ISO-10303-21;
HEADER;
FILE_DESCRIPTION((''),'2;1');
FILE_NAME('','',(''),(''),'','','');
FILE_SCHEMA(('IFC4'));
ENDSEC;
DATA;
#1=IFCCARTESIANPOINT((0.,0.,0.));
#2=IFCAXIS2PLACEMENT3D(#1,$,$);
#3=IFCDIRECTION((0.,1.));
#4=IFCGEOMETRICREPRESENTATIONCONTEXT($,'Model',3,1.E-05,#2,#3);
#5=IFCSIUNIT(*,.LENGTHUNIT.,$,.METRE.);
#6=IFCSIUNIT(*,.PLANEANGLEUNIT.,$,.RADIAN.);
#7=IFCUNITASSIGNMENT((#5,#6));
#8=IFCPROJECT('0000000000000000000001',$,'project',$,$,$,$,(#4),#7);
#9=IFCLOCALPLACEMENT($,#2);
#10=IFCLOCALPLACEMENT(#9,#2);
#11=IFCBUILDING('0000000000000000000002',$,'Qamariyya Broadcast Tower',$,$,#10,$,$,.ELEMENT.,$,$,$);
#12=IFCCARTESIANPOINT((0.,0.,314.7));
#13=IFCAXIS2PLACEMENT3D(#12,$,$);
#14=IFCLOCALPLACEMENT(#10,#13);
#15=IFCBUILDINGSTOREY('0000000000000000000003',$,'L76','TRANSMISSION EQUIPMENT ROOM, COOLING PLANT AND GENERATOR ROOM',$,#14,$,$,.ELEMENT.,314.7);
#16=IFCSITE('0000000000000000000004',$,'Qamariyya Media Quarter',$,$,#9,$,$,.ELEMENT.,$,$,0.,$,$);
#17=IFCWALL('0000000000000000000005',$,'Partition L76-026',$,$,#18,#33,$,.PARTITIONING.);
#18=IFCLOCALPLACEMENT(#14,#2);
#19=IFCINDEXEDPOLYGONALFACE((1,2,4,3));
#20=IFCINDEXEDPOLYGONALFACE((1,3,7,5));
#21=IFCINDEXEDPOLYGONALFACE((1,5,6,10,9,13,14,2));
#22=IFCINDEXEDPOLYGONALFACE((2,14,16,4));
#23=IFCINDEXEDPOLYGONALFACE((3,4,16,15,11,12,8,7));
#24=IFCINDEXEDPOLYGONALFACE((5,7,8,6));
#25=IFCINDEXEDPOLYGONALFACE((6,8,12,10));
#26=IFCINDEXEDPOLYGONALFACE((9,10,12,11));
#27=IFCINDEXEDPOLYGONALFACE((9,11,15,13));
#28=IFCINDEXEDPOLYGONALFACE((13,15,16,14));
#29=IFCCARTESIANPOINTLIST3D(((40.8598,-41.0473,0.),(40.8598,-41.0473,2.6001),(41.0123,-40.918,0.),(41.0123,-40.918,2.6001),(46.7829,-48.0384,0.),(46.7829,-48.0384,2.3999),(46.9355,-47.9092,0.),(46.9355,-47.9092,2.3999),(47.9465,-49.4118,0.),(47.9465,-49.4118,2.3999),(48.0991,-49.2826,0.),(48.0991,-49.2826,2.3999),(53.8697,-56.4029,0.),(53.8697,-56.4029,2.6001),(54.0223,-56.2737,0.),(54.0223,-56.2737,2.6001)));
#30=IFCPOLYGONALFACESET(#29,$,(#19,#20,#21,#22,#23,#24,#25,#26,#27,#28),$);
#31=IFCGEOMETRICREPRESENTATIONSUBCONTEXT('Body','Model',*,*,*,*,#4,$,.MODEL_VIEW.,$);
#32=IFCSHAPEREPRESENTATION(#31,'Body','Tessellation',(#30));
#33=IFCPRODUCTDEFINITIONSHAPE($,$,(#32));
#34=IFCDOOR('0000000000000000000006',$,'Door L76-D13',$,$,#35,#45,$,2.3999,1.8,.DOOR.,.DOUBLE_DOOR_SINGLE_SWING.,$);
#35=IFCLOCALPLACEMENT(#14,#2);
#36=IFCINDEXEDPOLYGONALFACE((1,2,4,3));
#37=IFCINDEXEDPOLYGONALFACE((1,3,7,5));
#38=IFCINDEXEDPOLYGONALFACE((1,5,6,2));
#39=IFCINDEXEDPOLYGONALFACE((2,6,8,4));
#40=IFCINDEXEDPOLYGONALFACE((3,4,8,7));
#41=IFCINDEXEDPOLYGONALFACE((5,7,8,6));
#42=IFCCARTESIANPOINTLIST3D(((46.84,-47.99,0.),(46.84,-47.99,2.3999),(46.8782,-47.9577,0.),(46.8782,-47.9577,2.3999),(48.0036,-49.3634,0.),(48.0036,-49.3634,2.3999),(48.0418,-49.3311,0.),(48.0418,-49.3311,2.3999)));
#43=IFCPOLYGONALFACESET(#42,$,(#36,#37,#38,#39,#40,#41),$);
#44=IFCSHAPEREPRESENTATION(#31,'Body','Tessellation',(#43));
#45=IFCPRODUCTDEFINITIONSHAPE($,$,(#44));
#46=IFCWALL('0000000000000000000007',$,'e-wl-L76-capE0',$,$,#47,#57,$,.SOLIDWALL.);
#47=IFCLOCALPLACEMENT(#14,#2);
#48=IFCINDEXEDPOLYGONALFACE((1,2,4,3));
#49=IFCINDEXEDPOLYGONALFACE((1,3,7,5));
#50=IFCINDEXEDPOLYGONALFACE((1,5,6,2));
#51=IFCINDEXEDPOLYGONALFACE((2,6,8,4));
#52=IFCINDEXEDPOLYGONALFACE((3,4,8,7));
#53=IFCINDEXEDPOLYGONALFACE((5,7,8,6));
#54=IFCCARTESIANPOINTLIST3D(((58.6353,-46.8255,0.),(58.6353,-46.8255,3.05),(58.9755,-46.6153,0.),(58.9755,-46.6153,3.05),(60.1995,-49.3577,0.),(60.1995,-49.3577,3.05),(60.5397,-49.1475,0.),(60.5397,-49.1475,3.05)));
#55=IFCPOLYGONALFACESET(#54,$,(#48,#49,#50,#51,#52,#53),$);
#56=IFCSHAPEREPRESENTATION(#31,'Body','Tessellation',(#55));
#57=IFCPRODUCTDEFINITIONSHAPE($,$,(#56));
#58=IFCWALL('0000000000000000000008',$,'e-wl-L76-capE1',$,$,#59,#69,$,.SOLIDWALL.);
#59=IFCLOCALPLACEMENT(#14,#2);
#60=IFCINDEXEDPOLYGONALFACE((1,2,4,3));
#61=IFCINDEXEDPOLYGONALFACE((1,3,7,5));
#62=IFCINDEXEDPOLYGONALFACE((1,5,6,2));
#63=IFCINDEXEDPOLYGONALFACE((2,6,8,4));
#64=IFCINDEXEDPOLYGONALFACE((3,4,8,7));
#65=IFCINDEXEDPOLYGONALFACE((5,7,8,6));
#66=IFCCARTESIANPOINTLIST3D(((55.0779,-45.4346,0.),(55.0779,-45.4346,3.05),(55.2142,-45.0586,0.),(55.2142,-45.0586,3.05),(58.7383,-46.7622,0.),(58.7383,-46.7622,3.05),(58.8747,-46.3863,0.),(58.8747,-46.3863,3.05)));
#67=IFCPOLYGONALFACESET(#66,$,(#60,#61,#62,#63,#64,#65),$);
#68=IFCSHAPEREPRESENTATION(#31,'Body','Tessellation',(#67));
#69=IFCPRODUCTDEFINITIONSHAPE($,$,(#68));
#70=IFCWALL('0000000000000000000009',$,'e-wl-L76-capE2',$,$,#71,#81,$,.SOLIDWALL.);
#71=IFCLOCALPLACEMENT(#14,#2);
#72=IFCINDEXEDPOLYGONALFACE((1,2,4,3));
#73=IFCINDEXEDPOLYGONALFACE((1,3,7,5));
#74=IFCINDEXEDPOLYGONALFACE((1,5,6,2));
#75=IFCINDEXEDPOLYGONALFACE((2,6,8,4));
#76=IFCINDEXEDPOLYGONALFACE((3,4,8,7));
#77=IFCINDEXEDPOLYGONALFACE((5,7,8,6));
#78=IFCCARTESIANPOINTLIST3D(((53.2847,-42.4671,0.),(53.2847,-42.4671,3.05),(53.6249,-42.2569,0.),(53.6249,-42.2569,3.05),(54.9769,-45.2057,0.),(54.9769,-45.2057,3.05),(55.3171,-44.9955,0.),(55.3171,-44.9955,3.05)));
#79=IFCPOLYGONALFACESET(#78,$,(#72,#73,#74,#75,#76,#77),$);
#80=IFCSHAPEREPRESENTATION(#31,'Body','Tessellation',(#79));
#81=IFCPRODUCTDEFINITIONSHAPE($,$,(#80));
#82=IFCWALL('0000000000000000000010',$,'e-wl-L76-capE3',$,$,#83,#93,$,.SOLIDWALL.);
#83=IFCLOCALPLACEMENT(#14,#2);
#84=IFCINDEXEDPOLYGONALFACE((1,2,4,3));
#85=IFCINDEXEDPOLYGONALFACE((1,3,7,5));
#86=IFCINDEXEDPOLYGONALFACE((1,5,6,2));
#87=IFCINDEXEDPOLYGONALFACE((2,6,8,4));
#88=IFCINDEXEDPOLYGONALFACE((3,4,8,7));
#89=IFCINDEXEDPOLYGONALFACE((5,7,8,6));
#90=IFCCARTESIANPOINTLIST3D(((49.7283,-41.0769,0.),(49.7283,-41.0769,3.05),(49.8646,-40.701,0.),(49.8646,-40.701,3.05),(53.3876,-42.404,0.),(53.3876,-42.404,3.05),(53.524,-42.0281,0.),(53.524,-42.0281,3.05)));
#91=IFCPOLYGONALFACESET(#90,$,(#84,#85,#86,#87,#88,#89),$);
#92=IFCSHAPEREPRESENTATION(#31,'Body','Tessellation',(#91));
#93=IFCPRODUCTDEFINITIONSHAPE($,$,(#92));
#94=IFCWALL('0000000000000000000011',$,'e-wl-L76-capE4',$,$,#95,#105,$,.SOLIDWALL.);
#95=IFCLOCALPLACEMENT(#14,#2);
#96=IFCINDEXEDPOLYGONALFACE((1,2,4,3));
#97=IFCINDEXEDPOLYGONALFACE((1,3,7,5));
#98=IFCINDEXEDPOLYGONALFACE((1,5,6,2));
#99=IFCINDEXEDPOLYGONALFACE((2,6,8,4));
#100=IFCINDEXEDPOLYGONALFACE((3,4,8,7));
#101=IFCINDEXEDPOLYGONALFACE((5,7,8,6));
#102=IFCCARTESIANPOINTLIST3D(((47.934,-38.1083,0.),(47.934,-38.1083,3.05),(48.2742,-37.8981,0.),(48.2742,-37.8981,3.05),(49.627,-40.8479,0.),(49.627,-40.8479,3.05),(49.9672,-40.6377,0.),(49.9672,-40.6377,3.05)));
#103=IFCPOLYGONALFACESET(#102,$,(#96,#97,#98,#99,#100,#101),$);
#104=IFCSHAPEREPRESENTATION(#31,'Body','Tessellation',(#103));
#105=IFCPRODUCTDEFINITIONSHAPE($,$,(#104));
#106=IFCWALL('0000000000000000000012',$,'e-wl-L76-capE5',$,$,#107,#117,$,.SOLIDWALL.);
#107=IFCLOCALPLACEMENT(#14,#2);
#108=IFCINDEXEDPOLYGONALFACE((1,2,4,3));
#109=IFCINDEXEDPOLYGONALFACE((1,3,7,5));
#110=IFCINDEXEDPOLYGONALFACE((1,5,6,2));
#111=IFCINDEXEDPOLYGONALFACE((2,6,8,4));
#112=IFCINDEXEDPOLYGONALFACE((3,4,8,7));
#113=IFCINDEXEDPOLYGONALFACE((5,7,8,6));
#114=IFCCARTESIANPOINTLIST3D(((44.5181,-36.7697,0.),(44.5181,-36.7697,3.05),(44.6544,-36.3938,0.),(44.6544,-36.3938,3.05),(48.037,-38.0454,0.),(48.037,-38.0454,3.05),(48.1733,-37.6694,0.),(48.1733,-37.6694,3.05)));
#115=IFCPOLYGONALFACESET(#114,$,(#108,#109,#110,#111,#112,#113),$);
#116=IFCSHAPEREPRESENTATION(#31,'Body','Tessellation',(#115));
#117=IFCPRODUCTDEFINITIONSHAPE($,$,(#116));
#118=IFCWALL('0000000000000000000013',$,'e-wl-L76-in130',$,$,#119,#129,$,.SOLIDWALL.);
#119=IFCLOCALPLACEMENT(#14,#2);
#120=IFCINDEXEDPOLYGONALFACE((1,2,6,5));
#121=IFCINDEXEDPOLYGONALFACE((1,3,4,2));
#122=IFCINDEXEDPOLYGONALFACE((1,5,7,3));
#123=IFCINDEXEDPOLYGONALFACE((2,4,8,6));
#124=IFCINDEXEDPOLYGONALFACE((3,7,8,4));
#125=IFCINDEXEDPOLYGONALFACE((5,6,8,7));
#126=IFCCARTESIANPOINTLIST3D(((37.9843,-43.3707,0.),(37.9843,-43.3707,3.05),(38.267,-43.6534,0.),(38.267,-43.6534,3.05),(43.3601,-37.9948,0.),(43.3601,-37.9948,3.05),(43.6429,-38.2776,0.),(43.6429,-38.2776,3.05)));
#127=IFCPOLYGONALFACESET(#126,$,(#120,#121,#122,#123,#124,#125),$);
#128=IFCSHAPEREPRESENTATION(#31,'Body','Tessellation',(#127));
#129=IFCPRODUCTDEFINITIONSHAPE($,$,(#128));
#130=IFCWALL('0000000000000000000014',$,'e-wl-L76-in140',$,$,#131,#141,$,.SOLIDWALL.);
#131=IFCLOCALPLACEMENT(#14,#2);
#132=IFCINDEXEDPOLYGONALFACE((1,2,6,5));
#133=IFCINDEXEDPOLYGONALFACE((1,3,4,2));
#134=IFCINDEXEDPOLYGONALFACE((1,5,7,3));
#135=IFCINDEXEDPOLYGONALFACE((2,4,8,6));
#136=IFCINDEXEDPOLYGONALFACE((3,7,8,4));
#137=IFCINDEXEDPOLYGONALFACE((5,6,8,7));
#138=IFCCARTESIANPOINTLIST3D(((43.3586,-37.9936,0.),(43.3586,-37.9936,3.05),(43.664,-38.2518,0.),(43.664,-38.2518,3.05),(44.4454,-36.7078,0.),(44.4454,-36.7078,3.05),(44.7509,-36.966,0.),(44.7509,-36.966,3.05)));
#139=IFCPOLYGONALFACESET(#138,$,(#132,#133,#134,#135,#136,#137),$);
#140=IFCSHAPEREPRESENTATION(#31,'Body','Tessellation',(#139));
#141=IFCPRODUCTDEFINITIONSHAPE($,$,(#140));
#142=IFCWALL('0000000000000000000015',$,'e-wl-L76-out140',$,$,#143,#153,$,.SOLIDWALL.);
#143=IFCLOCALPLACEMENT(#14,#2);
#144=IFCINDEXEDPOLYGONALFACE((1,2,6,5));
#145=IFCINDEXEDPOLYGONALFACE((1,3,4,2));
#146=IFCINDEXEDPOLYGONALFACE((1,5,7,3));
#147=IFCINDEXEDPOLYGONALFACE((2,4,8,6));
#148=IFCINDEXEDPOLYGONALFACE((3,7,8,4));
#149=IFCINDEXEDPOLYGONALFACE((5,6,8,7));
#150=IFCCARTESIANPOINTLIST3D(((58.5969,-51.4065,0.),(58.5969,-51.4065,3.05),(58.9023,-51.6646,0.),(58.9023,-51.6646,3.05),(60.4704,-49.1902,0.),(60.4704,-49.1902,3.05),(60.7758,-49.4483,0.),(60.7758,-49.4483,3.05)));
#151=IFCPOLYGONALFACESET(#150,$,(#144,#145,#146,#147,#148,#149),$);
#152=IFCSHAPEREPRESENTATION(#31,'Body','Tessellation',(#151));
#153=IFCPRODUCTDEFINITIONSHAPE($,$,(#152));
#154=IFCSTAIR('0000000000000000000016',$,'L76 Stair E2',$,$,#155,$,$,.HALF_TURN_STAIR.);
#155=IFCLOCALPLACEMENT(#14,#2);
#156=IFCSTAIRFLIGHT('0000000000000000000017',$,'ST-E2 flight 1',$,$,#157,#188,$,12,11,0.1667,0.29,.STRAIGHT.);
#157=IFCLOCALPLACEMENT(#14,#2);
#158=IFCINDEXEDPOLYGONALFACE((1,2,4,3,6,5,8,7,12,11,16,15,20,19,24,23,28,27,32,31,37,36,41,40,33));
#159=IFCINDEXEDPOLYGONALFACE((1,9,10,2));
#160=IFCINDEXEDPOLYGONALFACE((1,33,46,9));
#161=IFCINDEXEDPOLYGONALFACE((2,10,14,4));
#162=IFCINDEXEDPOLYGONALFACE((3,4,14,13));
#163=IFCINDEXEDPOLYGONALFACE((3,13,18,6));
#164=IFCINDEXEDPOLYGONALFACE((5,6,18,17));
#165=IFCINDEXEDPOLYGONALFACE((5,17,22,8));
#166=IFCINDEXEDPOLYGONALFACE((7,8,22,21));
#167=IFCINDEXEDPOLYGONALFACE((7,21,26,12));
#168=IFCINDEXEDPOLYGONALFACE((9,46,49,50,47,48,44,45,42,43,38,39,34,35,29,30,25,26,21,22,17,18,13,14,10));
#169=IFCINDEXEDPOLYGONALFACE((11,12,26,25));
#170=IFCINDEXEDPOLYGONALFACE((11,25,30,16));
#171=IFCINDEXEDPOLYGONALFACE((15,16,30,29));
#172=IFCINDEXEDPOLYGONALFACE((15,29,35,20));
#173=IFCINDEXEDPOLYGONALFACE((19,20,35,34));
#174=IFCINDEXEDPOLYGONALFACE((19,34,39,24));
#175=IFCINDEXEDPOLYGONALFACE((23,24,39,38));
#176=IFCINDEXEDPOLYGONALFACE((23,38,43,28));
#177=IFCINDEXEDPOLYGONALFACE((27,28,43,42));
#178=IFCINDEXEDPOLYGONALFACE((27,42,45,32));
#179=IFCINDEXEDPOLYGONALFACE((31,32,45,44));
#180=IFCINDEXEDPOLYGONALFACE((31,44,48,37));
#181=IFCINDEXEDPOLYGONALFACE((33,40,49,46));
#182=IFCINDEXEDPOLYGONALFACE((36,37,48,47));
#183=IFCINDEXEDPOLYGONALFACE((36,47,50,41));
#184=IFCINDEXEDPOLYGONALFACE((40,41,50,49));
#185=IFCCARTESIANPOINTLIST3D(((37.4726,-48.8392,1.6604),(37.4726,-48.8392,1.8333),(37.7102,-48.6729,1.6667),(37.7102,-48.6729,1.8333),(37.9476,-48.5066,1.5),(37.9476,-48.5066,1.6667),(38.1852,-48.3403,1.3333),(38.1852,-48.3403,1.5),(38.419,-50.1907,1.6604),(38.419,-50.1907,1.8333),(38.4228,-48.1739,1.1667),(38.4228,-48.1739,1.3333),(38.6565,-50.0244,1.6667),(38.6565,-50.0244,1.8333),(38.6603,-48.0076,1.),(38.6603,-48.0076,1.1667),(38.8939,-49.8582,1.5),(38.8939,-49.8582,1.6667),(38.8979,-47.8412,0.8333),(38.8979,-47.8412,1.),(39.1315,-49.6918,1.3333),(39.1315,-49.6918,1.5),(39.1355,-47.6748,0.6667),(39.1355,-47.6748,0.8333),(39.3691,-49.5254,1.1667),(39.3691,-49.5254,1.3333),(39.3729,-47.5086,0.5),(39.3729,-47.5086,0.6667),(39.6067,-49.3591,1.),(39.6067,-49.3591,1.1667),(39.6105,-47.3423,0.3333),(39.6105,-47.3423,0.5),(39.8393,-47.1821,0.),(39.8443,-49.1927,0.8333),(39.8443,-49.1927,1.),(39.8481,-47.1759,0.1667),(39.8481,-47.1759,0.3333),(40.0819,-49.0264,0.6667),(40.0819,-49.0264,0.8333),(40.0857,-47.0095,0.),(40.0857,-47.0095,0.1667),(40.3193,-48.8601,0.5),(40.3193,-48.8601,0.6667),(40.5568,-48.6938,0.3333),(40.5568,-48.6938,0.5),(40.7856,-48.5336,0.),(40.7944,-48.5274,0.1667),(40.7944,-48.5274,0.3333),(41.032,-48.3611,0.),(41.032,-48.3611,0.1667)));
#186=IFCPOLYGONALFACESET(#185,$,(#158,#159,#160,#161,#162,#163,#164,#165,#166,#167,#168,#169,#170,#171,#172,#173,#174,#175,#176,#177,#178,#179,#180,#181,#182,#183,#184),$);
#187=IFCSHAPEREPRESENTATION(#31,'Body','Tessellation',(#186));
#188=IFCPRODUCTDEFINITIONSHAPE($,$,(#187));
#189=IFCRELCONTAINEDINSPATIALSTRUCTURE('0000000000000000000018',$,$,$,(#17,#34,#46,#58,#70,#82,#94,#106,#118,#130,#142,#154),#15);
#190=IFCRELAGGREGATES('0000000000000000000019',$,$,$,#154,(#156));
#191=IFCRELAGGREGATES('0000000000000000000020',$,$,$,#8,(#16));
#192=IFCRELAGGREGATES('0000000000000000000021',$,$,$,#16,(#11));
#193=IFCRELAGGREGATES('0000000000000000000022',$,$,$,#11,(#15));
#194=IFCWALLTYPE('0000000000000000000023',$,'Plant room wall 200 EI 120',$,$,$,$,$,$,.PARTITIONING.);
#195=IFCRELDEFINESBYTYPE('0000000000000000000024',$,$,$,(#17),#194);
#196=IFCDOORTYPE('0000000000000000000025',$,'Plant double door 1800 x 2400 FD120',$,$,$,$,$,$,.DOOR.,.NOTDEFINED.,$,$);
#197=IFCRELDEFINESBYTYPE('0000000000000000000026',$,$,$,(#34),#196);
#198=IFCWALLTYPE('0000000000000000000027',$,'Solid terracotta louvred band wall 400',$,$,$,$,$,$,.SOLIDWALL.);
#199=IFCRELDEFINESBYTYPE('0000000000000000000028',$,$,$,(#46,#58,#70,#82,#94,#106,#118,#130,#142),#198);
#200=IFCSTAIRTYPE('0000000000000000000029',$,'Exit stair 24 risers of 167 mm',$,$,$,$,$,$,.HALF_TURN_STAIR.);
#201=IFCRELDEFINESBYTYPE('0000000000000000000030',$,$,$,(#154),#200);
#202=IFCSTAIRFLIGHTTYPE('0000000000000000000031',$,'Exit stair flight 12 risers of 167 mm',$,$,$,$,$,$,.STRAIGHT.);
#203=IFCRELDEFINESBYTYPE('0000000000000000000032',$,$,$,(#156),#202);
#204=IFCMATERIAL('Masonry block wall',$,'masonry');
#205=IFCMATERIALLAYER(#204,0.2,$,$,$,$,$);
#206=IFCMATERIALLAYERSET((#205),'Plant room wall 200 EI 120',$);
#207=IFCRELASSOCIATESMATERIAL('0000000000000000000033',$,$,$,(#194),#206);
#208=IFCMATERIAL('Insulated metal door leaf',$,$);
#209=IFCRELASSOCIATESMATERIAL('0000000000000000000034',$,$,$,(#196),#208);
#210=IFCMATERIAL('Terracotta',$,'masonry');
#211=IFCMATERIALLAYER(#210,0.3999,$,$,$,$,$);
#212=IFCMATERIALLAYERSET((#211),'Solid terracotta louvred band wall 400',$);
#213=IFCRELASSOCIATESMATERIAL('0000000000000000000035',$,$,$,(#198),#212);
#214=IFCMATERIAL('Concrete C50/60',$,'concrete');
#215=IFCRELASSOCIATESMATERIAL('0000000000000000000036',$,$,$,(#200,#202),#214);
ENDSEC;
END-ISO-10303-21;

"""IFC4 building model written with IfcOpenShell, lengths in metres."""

from ifc_helpers import new_model, si_unit, direction, frame, frame_2d, origin, place, context, subcontext, project, spatial, polyline, rectangle, outline, extrude, material, layer, layer_set, type_object, element, fill, aggregate, save


model = new_model("IFC4")

# Units and contexts
model_context = context("Model", 3, precision=1e-05, world=origin(), true_north=direction((0.0, 1.0)))
body_context = subcontext(model_context, "Body", "Model", "MODEL_VIEW")
ifc_project = project(units=[si_unit("LENGTHUNIT", "METRE"), si_unit("PLANEANGLEUNIT", "RADIAN")], contexts=[model_context])

# Site, building, storey
site_placement = place(None, origin())
site = spatial("IfcSite", under=ifc_project, at=site_placement, Name="Qamariyya Media Quarter", CompositionType="ELEMENT", RefElevation=0.0)
building_placement = place(site_placement, origin())
building = spatial("IfcBuilding", under=site, at=building_placement, Name="Qamariyya Broadcast Tower", CompositionType="ELEMENT")
storey_placement = place(building_placement, frame((0.0, 0.0, 314.7)))
storey = spatial("IfcBuildingStorey", under=building, at=storey_placement, Name="L76", Description="TRANSMISSION EQUIPMENT ROOM, COOLING PLANT AND GENERATOR ROOM", CompositionType="ELEMENT", Elevation=314.7)

# Shared definitions
ifc_material_1 = material(Name="Concrete C50/60", Category="concrete")

# Wall, opening, door
ifc_material_2 = material(Name="Masonry block wall", Category="masonry")
ifc_layer_1 = layer(ifc_material_2, 0.2)
ifc_layer_set_1 = layer_set([ifc_layer_1], Name="Plant room wall 200 EI 120")
wall_type_1 = type_object("IfcWallType", Name="Plant room wall 200 EI 120", PredefinedType="PARTITIONING", material=ifc_layer_set_1)
wall_1_placement = place(storey_placement, frame((40.936, -40.9827, 0.0), z_axis=(0.0, 0.0, 1.0), x_axis=(0.646426, -0.762977, 0.0)))
wall_1 = element("IfcWall", 1, at=wall_1_placement, inside=storey, type_object=wall_type_1, Name="Partition L76-026", PredefinedType="PARTITIONING", context=body_context, shape_type="SweptSolid", body=[
    extrude(rectangle(XDim=20.126, YDim=0.2, at=frame_2d((10.063, 0.0))), origin(), (0.0, 0.0, 1.0), 2.6001),
])
opening_1_placement = place(wall_1_placement, frame((9.1631, 0.0, 0.0)))
opening_1 = element("IfcOpeningElement", 2, at=opening_1_placement, cuts=wall_1, PredefinedType="OPENING", context=body_context, shape_type="SweptSolid", body=[
    extrude(rectangle(XDim=1.8, YDim=2.3999, at=frame_2d((0.8999, 1.2))), frame((0.0, 0.1099, 0.0), z_axis=(0.0, -1.0, 0.0), x_axis=(1.0, 0.0, 0.0)), (0.0, 0.0, 1.0), 0.22),
])
ifc_material_3 = material(Name="Insulated metal door leaf")
door_type_1 = type_object("IfcDoorType", Name="Plant double door 1800 x 2400 FD120", OperationType="NOTDEFINED", PredefinedType="DOOR", material=ifc_material_3)
door_1_placement = place(opening_1_placement, origin())
door_1 = element("IfcDoor", 3, at=door_1_placement, inside=storey, type_object=door_type_1, Name="Door L76-D13", OperationType="DOUBLE_DOOR_SINGLE_SWING", OverallHeight=2.3999, OverallWidth=1.8, PredefinedType="DOOR", context=body_context, shape_type="SweptSolid", body=[
    extrude(rectangle(XDim=1.8, YDim=2.3999, at=frame_2d((0.8999, 1.2))), frame((0.0, 0.0249, 0.0), z_axis=(0.0, -1.0, 0.0), x_axis=(1.0, 0.0, 0.0)), (0.0, 0.0, 1.0), 0.05),
])
fill(opening_1, door_1)

# Walls
ifc_material_4 = material(Name="Terracotta", Category="masonry")
ifc_layer_2 = layer(ifc_material_4, 0.3999)
ifc_layer_set_2 = layer_set([ifc_layer_2], Name="Solid terracotta louvred band wall 400")
wall_type_2 = type_object("IfcWallType", Name="Solid terracotta louvred band wall 400", PredefinedType="SOLIDWALL", material=ifc_layer_set_2)
wall_2_placement = place(storey_placement, frame((60.3696, -49.2527, 0.0), z_axis=(0.0, 0.0, 1.0), x_axis=(-0.525538, 0.85077, 0.0)))
element("IfcWall", 4, at=wall_2_placement, inside=storey, type_object=wall_type_2, Name="e-wl-L76-capE0", PredefinedType="SOLIDWALL", context=body_context, shape_type="SweptSolid", body=[
    extrude(rectangle(XDim=2.9763, YDim=0.3999, at=frame_2d((1.4883, 0.0))), origin(), (0.0, 0.0, 1.0), 3.05),
])
wall_3_placement = place(storey_placement, frame((58.8064, -46.5742, 0.0), z_axis=(0.0, 0.0, 1.0), x_axis=(-0.940075, 0.340968, 0.0)))
element("IfcWall", 5, at=wall_3_placement, inside=storey, type_object=wall_type_2, Name="e-wl-L76-capE1", PredefinedType="SOLIDWALL", context=body_context, shape_type="SweptSolid", body=[
    extrude(rectangle(XDim=3.8938, YDim=0.3999, at=frame_2d((1.9468, 0.0))), origin(), (0.0, 0.0, 1.0), 3.05),
])
wall_4_placement = place(storey_placement, frame((55.147, -45.1006, 0.0), z_axis=(0.0, 0.0, 1.0), x_axis=(-0.525649, 0.850701, 0.0)))
element("IfcWall", 6, at=wall_4_placement, inside=storey, type_object=wall_type_2, Name="e-wl-L76-capE2", PredefinedType="SOLIDWALL", context=body_context, shape_type="SweptSolid", body=[
    extrude(rectangle(XDim=3.2192, YDim=0.3999, at=frame_2d((1.6096, 0.0))), origin(), (0.0, 0.0, 1.0), 3.05),
])
wall_5_placement = place(storey_placement, frame((53.4558, -42.2161, 0.0), z_axis=(0.0, 0.0, 1.0), x_axis=(-0.940086, 0.340937, 0.0)))
element("IfcWall", 7, at=wall_5_placement, inside=storey, type_object=wall_type_2, Name="e-wl-L76-capE3", PredefinedType="SOLIDWALL", context=body_context, shape_type="SweptSolid", body=[
    extrude(rectangle(XDim=3.8926, YDim=0.3999, at=frame_2d((1.9463, 0.0))), origin(), (0.0, 0.0, 1.0), 3.05),
])
wall_6_placement = place(storey_placement, frame((49.7971, -40.7429, 0.0), z_axis=(0.0, 0.0, 1.0), x_axis=(-0.525678, 0.850683, 0.0)))
element("IfcWall", 8, at=wall_6_placement, inside=storey, type_object=wall_type_2, Name="e-wl-L76-capE4", PredefinedType="SOLIDWALL", context=body_context, shape_type="SweptSolid", body=[
    extrude(rectangle(XDim=3.2205, YDim=0.3999, at=frame_2d((1.6104, 0.0))), origin(), (0.0, 0.0, 1.0), 3.05),
])
wall_7_placement = place(storey_placement, frame((48.1052, -37.8574, 0.0), z_axis=(0.0, 0.0, 1.0), x_axis=(-0.94013, 0.340816, 0.0)))
element("IfcWall", 9, at=wall_7_placement, inside=storey, type_object=wall_type_2, Name="e-wl-L76-capE5", PredefinedType="SOLIDWALL", context=body_context, shape_type="SweptSolid", body=[
    extrude(rectangle(XDim=3.7429, YDim=0.3999, at=frame_2d((1.8716, 0.0))), origin(), (0.0, 0.0, 1.0), 3.05),
])
wall_8_placement = place(storey_placement, frame((43.5015, -38.1362, 0.0), z_axis=(0.0, 0.0, 1.0), x_axis=(-0.707107, -0.707107, 0.0)))
element("IfcWall", 10, at=wall_8_placement, inside=storey, type_object=wall_type_2, Name="e-wl-L76-in130", PredefinedType="SOLIDWALL", context=body_context, shape_type="SweptSolid", body=[
    extrude(rectangle(XDim=7.6025, YDim=0.3999, at=frame_2d((3.8013, 0.0))), origin(), (0.0, 0.0, 1.0), 3.05),
])
wall_9_placement = place(storey_placement, frame((44.5981, -36.8369, 0.0), z_axis=(0.0, 0.0, 1.0), x_axis=(-0.645546, -0.763722, 0.0)))
element("IfcWall", 11, at=wall_9_placement, inside=storey, type_object=wall_type_2, Name="e-wl-L76-in140", PredefinedType="SOLIDWALL", context=body_context, shape_type="SweptSolid", body=[
    extrude(rectangle(XDim=1.6836, YDim=0.3999, at=frame_2d((0.8418, 0.0))), origin(), (0.0, 0.0, 1.0), 3.05),
])
wall_10_placement = place(storey_placement, frame((58.7495, -51.5356, 0.0), z_axis=(0.0, 0.0, 1.0), x_axis=(0.64558, 0.763693, 0.0)))
element("IfcWall", 12, at=wall_10_placement, inside=storey, type_object=wall_type_2, Name="e-wl-L76-out140", PredefinedType="SOLIDWALL", context=body_context, shape_type="SweptSolid", body=[
    extrude(rectangle(XDim=2.9021, YDim=0.3999, at=frame_2d((1.4512, 0.0))), origin(), (0.0, 0.0, 1.0), 3.05),
])

# Stair, stair flight
stair_type = type_object("IfcStairType", Name="Exit stair 24 risers of 167 mm", PredefinedType="HALF_TURN_STAIR", material=ifc_material_1)
stair_1_placement = place(storey_placement, origin())
stair_1 = element("IfcStair", 13, at=stair_1_placement, inside=storey, type_object=stair_type, Name="L76 Stair E2", PredefinedType="HALF_TURN_STAIR")
stair_flight_type = type_object("IfcStairFlightType", Name="Exit stair flight 12 risers of 167 mm", PredefinedType="STRAIGHT", material=ifc_material_1)
stair_flight_1_placement = place(storey_placement, frame((40.5588, -47.6853, 0.0), z_axis=(0.0, 0.0, 1.0), x_axis=(-0.819152, -0.573576, 0.0)))
stair_flight_1 = element("IfcStairFlight", 14, at=stair_flight_1_placement, type_object=stair_flight_type, Name="ST-E2 flight 1", NumberOfRisers=12, NumberOfTreads=11, PredefinedType="STRAIGHT", RiserHeight=0.1667, TreadLength=0.29, context=body_context, shape_type="SweptSolid", body=[
    extrude(outline(polyline([(0.0, 0.0), (0.0, 0.1667), (0.29, 0.1667), (0.29, 0.3333), (0.5801, 0.3333), (0.5801, 0.5), (0.8701, 0.5), (0.8701, 0.6667), (1.1599, 0.6667), (1.1599, 0.8333), (1.45, 0.8333), (1.45, 1.0), (1.74, 1.0), (1.74, 1.1667), (2.03, 1.1667), (2.03, 1.3333), (2.3201, 1.3333), (2.3201, 1.5), (2.6101, 1.5), (2.6101, 1.6667), (2.8999, 1.6667), (2.8999, 1.8333), (3.1899, 1.8333), (3.1899, 2.0), (3.1899, 1.6604), (0.3008, 0.0), (0.0, 0.0)])), frame((0.0, 0.825, 0.0), z_axis=(0.0, -1.0, 0.0), x_axis=(1.0, 0.0, 0.0)), (0.0, 0.0, 1.0), 1.6499),
])
aggregate(stair_1, [stair_flight_1])

save(model, "model.ifc")
